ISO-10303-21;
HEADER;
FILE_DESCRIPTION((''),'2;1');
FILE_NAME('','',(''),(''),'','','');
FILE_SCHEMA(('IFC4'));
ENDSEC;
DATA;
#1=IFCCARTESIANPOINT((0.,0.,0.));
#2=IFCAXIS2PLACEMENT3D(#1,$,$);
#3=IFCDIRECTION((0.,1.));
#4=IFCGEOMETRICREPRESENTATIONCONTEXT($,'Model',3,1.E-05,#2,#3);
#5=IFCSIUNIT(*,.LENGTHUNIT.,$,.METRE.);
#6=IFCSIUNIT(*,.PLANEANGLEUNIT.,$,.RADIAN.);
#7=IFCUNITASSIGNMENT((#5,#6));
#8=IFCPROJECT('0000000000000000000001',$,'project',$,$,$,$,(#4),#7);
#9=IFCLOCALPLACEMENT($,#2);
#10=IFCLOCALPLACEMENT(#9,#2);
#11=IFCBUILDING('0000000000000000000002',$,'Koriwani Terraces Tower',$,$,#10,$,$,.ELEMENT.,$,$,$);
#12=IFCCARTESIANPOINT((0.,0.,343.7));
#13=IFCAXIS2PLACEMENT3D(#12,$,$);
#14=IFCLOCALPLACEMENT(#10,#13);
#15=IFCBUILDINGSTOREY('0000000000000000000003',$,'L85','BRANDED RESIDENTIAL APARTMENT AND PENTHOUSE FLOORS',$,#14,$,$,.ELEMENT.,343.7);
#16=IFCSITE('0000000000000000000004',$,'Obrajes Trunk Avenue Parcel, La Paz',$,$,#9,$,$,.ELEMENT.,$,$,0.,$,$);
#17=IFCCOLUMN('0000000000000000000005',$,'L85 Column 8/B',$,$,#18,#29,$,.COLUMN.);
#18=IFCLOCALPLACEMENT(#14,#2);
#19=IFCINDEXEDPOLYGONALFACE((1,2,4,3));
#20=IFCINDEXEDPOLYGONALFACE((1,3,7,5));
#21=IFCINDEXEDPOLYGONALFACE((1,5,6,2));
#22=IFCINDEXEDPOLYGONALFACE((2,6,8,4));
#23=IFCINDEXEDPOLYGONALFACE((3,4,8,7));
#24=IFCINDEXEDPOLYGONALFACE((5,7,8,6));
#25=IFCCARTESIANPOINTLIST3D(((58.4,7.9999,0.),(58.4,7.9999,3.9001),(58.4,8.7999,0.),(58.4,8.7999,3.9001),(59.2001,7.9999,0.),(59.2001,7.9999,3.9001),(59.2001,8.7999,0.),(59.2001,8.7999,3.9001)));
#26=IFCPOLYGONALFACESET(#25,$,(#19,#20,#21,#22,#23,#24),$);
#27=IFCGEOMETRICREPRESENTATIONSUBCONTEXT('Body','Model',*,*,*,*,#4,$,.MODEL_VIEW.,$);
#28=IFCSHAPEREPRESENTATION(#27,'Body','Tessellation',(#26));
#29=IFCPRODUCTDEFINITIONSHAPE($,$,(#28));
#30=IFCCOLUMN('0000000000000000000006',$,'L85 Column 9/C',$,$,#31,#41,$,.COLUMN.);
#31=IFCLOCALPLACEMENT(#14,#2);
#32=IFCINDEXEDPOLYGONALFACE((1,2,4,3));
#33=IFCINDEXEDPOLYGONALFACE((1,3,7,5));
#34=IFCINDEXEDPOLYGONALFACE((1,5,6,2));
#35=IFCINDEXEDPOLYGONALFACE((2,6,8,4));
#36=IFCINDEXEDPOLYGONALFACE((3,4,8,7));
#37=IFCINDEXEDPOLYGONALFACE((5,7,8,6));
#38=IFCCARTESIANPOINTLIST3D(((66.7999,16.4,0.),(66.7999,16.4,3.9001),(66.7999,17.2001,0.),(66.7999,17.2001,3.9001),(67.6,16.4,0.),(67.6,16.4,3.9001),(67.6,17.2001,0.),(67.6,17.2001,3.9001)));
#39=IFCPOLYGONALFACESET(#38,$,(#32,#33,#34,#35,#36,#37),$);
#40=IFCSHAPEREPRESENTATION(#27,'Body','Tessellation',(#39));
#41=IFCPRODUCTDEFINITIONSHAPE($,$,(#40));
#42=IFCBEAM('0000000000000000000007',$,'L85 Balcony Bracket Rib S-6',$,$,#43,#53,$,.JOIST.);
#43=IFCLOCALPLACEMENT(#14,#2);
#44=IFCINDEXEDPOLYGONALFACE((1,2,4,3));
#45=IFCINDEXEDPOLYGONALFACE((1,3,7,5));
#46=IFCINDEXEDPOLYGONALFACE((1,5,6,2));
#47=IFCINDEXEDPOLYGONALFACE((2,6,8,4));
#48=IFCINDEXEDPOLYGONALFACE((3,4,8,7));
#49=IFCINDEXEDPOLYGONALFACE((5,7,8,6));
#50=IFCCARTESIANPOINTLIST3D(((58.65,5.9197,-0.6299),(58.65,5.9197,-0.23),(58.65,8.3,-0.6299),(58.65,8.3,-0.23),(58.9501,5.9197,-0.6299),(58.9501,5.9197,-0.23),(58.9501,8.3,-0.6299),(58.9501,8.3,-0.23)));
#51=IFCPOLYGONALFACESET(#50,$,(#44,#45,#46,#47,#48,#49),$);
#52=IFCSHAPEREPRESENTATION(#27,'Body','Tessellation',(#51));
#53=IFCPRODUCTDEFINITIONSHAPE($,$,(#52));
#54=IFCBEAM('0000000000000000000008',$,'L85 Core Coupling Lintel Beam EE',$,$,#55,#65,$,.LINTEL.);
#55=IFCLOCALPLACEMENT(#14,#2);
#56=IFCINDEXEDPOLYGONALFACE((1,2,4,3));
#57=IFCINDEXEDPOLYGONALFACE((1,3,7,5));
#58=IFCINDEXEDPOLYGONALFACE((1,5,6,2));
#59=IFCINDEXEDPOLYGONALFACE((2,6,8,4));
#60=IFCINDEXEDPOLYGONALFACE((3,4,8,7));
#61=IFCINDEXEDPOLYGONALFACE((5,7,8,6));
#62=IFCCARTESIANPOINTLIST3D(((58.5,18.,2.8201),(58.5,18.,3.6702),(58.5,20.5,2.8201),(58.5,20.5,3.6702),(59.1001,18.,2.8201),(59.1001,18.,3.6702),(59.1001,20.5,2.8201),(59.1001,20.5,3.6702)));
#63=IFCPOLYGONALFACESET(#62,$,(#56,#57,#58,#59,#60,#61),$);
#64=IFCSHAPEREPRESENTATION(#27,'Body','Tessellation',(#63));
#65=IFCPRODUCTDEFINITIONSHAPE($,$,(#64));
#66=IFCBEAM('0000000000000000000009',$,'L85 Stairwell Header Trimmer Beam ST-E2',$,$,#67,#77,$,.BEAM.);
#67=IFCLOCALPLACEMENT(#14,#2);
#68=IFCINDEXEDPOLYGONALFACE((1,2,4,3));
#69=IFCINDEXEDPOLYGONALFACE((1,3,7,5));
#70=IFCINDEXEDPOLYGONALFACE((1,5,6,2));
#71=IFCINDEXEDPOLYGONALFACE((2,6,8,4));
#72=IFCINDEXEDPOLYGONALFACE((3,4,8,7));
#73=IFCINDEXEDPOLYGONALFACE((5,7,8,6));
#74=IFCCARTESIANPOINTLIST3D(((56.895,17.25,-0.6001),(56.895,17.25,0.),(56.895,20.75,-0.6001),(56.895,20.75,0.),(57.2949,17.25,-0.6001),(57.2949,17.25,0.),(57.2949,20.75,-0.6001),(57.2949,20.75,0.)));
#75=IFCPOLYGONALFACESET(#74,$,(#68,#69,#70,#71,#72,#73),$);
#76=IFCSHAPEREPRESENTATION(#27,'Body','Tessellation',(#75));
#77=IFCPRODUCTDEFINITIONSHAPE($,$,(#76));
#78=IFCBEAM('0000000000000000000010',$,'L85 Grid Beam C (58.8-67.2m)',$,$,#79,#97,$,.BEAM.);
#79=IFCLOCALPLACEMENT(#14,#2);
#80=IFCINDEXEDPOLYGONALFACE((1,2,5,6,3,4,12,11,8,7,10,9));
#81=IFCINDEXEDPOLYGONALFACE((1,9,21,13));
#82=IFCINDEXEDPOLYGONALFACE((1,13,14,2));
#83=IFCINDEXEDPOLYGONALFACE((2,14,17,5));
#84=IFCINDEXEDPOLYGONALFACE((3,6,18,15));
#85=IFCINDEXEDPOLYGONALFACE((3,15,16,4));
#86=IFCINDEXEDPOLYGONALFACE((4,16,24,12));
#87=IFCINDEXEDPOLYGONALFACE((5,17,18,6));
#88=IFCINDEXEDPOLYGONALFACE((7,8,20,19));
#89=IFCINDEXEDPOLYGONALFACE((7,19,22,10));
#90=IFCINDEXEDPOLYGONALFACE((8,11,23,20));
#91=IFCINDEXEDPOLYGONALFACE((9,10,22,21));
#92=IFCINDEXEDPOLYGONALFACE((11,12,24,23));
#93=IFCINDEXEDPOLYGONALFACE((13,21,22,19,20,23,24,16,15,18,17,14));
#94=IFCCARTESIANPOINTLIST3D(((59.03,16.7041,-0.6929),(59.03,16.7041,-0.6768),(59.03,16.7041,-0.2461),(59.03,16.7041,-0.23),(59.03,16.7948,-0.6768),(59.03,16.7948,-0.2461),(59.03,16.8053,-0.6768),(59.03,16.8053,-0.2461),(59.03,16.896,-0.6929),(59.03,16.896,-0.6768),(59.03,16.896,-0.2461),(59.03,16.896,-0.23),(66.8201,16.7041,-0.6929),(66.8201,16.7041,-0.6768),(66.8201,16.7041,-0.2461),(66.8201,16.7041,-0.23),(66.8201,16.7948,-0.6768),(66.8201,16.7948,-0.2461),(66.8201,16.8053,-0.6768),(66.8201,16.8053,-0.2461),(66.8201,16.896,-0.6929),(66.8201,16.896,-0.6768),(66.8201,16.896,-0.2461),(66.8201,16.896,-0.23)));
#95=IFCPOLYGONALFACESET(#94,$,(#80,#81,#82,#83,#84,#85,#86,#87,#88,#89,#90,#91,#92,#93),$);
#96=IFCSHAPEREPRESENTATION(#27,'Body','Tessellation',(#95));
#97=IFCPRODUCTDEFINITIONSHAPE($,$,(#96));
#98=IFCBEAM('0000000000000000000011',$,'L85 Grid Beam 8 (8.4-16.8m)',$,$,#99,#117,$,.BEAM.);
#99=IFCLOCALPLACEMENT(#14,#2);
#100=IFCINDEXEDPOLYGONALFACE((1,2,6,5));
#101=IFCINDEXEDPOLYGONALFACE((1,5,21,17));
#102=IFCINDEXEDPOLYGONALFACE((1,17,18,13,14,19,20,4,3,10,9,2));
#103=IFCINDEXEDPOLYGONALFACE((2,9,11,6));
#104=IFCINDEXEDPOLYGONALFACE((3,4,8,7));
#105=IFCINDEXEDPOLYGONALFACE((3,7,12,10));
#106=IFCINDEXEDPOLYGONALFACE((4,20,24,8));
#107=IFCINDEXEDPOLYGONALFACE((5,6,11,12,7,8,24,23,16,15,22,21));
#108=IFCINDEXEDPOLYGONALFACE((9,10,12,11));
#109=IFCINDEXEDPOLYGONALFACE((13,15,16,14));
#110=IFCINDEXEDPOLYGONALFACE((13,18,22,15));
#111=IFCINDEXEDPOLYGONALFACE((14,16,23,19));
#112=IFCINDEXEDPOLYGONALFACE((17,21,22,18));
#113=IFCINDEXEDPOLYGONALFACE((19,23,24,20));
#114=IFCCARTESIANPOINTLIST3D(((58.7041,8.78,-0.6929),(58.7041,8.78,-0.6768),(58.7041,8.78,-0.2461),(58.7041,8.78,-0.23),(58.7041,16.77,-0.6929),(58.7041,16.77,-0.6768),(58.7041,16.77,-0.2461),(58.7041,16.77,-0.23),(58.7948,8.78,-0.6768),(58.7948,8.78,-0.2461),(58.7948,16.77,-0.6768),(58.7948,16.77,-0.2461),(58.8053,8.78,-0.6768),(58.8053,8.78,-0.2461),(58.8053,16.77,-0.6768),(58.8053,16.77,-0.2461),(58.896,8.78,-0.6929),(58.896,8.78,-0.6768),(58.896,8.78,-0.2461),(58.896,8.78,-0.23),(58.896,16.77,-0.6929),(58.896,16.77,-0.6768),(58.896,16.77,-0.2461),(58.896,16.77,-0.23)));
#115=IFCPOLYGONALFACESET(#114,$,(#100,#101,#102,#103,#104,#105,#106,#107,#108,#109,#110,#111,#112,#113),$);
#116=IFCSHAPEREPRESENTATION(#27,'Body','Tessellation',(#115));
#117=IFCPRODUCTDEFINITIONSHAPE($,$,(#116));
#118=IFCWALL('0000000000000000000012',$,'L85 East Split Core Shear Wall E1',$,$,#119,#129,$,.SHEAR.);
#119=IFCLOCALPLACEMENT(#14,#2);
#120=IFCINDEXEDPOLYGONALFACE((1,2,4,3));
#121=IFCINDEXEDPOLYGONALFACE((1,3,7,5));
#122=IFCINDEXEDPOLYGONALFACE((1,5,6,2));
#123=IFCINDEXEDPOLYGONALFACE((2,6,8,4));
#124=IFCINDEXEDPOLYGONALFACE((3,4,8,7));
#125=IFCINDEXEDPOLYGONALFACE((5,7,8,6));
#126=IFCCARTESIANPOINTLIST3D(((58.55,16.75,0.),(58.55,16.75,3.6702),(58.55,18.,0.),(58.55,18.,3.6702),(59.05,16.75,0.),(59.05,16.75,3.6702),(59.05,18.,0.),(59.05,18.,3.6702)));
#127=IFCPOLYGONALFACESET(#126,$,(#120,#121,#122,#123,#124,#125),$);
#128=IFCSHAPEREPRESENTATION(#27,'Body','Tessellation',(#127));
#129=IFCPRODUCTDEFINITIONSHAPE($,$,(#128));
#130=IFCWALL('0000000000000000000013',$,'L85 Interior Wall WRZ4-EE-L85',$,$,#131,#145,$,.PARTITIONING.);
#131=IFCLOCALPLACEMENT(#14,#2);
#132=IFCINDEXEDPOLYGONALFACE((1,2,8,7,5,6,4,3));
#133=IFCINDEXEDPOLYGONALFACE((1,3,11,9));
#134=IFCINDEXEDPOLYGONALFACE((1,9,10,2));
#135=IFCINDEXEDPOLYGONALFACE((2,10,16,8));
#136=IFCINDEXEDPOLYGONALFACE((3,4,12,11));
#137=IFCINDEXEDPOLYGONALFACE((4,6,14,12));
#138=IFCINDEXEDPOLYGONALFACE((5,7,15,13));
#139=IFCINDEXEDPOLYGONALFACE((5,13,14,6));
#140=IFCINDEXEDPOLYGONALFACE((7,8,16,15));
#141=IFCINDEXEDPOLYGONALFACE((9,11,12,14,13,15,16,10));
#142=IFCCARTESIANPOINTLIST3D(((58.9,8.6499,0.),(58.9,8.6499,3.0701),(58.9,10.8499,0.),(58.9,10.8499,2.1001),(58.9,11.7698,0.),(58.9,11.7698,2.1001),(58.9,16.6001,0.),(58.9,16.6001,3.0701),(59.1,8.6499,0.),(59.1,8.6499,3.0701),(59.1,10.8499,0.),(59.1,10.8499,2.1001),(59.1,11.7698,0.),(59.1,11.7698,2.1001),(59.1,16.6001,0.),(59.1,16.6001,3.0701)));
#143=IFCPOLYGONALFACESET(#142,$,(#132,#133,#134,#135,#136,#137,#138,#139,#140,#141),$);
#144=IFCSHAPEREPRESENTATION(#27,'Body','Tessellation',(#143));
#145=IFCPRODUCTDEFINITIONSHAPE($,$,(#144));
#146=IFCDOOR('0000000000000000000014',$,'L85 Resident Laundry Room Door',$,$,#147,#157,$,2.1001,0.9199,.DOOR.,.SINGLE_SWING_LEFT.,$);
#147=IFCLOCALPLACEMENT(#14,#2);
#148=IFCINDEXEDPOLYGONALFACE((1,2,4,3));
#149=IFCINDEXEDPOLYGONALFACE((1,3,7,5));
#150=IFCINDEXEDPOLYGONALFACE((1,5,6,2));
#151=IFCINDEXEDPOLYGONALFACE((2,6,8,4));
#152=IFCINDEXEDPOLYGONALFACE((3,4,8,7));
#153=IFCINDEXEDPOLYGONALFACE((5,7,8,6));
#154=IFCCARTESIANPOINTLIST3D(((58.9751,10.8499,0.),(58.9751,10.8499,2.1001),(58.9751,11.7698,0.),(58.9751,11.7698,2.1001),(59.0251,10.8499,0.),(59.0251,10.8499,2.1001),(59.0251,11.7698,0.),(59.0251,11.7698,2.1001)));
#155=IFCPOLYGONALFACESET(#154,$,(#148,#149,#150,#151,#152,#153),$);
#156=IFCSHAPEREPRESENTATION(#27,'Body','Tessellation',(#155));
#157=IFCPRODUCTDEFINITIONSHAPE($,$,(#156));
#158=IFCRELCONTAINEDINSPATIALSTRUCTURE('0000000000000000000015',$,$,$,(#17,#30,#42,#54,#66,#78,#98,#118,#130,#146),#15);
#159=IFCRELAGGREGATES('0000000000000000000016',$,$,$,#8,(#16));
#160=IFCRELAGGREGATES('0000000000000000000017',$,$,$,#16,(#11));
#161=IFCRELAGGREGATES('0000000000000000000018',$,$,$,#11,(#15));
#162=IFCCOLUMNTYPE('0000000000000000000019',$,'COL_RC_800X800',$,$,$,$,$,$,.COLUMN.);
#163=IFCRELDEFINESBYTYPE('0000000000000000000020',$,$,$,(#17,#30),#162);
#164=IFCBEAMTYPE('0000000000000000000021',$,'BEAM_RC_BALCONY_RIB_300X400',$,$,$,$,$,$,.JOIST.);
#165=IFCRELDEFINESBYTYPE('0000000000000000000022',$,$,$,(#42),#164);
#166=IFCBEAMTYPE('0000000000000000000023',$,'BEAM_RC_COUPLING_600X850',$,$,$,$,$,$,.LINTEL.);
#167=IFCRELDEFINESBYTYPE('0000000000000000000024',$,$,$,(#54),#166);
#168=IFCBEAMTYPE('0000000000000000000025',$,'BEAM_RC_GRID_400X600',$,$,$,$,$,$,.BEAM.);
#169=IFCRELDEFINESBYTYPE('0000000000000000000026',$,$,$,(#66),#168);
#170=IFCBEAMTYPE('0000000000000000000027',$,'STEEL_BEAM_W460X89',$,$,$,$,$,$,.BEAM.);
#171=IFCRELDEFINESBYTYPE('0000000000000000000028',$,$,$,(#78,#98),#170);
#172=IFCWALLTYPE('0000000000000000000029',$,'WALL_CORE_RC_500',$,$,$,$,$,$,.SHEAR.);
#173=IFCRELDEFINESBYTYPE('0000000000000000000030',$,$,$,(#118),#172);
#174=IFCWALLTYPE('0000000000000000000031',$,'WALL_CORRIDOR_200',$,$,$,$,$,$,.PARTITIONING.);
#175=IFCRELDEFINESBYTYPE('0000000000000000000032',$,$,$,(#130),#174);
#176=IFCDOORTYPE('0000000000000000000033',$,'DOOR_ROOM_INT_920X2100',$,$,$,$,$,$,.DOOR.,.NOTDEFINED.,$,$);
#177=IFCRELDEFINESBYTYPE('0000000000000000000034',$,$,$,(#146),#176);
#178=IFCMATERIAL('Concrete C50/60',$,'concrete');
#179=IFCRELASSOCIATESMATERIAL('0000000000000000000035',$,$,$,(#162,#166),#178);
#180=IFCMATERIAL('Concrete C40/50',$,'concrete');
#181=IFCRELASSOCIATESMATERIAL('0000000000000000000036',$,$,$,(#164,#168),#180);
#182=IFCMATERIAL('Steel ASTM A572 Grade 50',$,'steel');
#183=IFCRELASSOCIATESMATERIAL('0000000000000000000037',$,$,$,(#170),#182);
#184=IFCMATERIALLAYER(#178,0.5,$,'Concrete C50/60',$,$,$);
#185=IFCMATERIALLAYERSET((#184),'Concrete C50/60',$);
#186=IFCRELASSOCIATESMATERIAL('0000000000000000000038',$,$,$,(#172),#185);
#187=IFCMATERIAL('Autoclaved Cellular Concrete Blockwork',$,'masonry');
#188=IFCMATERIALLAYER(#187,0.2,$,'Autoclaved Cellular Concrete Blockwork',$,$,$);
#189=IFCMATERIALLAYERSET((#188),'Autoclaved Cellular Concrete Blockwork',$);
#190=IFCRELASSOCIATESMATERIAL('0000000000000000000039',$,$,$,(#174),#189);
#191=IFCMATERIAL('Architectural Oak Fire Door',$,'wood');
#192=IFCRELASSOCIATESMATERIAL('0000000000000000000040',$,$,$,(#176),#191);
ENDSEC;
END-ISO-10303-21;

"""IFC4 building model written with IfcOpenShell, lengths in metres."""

from ifc_helpers import new_model, si_unit, direction, frame, frame_2d, origin, origin_2d, place, context, subcontext, project, spatial, rectangle, i_section, extrude, material, layer, layer_set, material_profile, profile_set, type_object, element, fill, save


model = new_model("IFC4")

# Units and contexts
model_context = context("Model", 3, precision=1e-05, world=origin(), true_north=direction((0.0, 1.0)))
body_context = subcontext(model_context, "Body", "Model", "MODEL_VIEW")
ifc_project = project(units=[si_unit("LENGTHUNIT", "METRE"), si_unit("PLANEANGLEUNIT", "RADIAN")], contexts=[model_context])

# Site, building, storey
site_placement = place(None, origin())
site = spatial("IfcSite", under=ifc_project, at=site_placement, Name="Obrajes Trunk Avenue Parcel, La Paz", CompositionType="ELEMENT", RefElevation=0.0)
building_placement = place(site_placement, origin())
building = spatial("IfcBuilding", under=site, at=building_placement, Name="Koriwani Terraces Tower", CompositionType="ELEMENT")
storey_placement = place(building_placement, frame((0.0, 0.0, 343.7)))
storey = spatial("IfcBuildingStorey", under=building, at=storey_placement, Name="L85", Description="BRANDED RESIDENTIAL APARTMENT AND PENTHOUSE FLOORS", CompositionType="ELEMENT", Elevation=343.7)

# Columns
ifc_material_1 = material(Name="Concrete C50/60", Category="concrete")
ifc_material_profile_1 = material_profile(ifc_material_1, rectangle(XDim=0.8, YDim=0.8, at=origin_2d()), Name="Concrete C50/60", Category="LoadBearing")
ifc_profile_set_1 = profile_set([ifc_material_profile_1], Name="Concrete C50/60")
column_type = type_object("IfcColumnType", Name="COL_RC_800X800", PredefinedType="COLUMN", material=ifc_profile_set_1)
for number, where, z_axis, x_axis, name in (
    (1, (58.8, 8.3999, 0.0), (0.0, 0.0, 1.0), (1.0, 0.0, 0.0), "L85 Column 8/B"),
    (2, (67.2, 16.8, 0.0), (0.0, 0.0, 1.0), (1.0, 0.0, 0.0), "L85 Column 9/C"),
):
    element("IfcColumn", number, at=place(storey_placement, frame(where, z_axis=z_axis, x_axis=x_axis)), inside=storey, type_object=column_type, Name=name, PredefinedType="COLUMN", context=body_context, shape_type="SweptSolid", body=[
        extrude(rectangle(XDim=0.8, YDim=0.8, at=origin_2d()), origin(), (0.0, 0.0, 1.0), 3.9001),
    ])

# Beams
ifc_material_2 = material(Name="Concrete C40/50", Category="concrete")
ifc_material_profile_2 = material_profile(ifc_material_2, rectangle(XDim=0.3, YDim=0.3999, at=origin_2d()), Name="Concrete C40/50", Category="LoadBearing")
ifc_profile_set_2 = profile_set([ifc_material_profile_2], Name="Concrete C40/50")
beam_type_1 = type_object("IfcBeamType", Name="BEAM_RC_BALCONY_RIB_300X400", PredefinedType="JOIST", material=ifc_profile_set_2)
beam_1_placement = place(storey_placement, frame((58.8, 5.9197, -0.4299), z_axis=(0.0, 1.0, 0.0), x_axis=(-1.0, 0.0, 0.0)))
element("IfcBeam", 3, at=beam_1_placement, inside=storey, type_object=beam_type_1, Name="L85 Balcony Bracket Rib S-6", PredefinedType="JOIST", context=body_context, shape_type="SweptSolid", body=[
    extrude(rectangle(XDim=0.3, YDim=0.3999, at=origin_2d()), origin(), (0.0, 0.0, 1.0), 2.3804),
])
ifc_material_profile_3 = material_profile(ifc_material_1, rectangle(XDim=0.6001, YDim=0.8501, at=origin_2d()), Name="Concrete C50/60", Category="LoadBearing")
ifc_profile_set_3 = profile_set([ifc_material_profile_3], Name="Concrete C50/60")
beam_type_2 = type_object("IfcBeamType", Name="BEAM_RC_COUPLING_600X850", PredefinedType="LINTEL", material=ifc_profile_set_3)
beam_2_placement = place(storey_placement, frame((58.8, 18.0, 3.2451), z_axis=(0.0, 1.0, 0.0), x_axis=(-1.0, 0.0, 0.0)))
element("IfcBeam", 4, at=beam_2_placement, inside=storey, type_object=beam_type_2, Name="L85 Core Coupling Lintel Beam EE", PredefinedType="LINTEL", context=body_context, shape_type="SweptSolid", body=[
    extrude(rectangle(XDim=0.6001, YDim=0.8501, at=origin_2d()), origin(), (0.0, 0.0, 1.0), 2.5),
])
ifc_material_profile_4 = material_profile(ifc_material_2, rectangle(XDim=0.3999, YDim=0.6001, at=origin_2d()), Name="Concrete C40/50", Category="LoadBearing")
ifc_profile_set_4 = profile_set([ifc_material_profile_4], Name="Concrete C40/50")
beam_type_3 = type_object("IfcBeamType", Name="BEAM_RC_GRID_400X600", PredefinedType="BEAM", material=ifc_profile_set_4)
beam_3_placement = place(storey_placement, frame((57.095, 17.25, -0.3), z_axis=(0.0, 1.0, 0.0), x_axis=(-1.0, 0.0, 0.0)))
element("IfcBeam", 5, at=beam_3_placement, inside=storey, type_object=beam_type_3, Name="L85 Stairwell Header Trimmer Beam ST-E2", PredefinedType="BEAM", context=body_context, shape_type="SweptSolid", body=[
    extrude(rectangle(XDim=0.3999, YDim=0.6001, at=origin_2d()), origin(), (0.0, 0.0, 1.0), 3.5),
])
ifc_material_3 = material(Name="Steel ASTM A572 Grade 50", Category="steel")
ifc_material_profile_5 = material_profile(ifc_material_3, i_section(OverallWidth=0.1919, OverallDepth=0.4629, WebThickness=0.0105, FlangeThickness=0.0161, at=origin_2d()), Name="Steel ASTM A572 Grade 50", Category="LoadBearing")
ifc_profile_set_5 = profile_set([ifc_material_profile_5], Name="Steel ASTM A572 Grade 50")
beam_type_4 = type_object("IfcBeamType", Name="STEEL_BEAM_W460X89", PredefinedType="BEAM", material=ifc_profile_set_5)
beam_4_placement = place(storey_placement, frame((59.03, 16.8, -0.4614), z_axis=(1.0, 0.0, 0.0), x_axis=(0.0, 1.0, 0.0)))
element("IfcBeam", 6, at=beam_4_placement, inside=storey, type_object=beam_type_4, Name="L85 Grid Beam C (58.8-67.2m)", PredefinedType="BEAM", context=body_context, shape_type="SweptSolid", body=[
    extrude(i_section(OverallWidth=0.1919, OverallDepth=0.4629, WebThickness=0.0105, FlangeThickness=0.0161, at=origin_2d()), origin(), (0.0, 0.0, 1.0), 7.79),
])
beam_5_placement = place(storey_placement, frame((58.8, 8.78, -0.4614), z_axis=(0.0, 1.0, 0.0), x_axis=(-1.0, 0.0, 0.0)))
element("IfcBeam", 7, at=beam_5_placement, inside=storey, type_object=beam_type_4, Name="L85 Grid Beam 8 (8.4-16.8m)", PredefinedType="BEAM", context=body_context, shape_type="SweptSolid", body=[
    extrude(i_section(OverallWidth=0.1919, OverallDepth=0.4629, WebThickness=0.0105, FlangeThickness=0.0161, at=origin_2d()), origin(), (0.0, 0.0, 1.0), 7.99),
])

# Wall
ifc_layer_1 = layer(ifc_material_1, 0.5, Name="Concrete C50/60")
ifc_layer_set_1 = layer_set([ifc_layer_1], Name="Concrete C50/60")
wall_type_1 = type_object("IfcWallType", Name="WALL_CORE_RC_500", PredefinedType="SHEAR", material=ifc_layer_set_1)
wall_1_placement = place(storey_placement, frame((58.8, 16.75, 0.0), z_axis=(0.0, 0.0, 1.0), x_axis=(0.0, 1.0, 0.0)))
element("IfcWall", 8, at=wall_1_placement, inside=storey, type_object=wall_type_1, Name="L85 East Split Core Shear Wall E1", PredefinedType="SHEAR", context=body_context, shape_type="SweptSolid", body=[
    extrude(rectangle(XDim=1.25, YDim=0.5, at=frame_2d((0.625, 0.0))), origin(), (0.0, 0.0, 1.0), 3.6702),
])

# Wall, opening, door
ifc_material_4 = material(Name="Autoclaved Cellular Concrete Blockwork", Category="masonry")
ifc_layer_2 = layer(ifc_material_4, 0.2, Name="Autoclaved Cellular Concrete Blockwork")
ifc_layer_set_2 = layer_set([ifc_layer_2], Name="Autoclaved Cellular Concrete Blockwork")
wall_type_2 = type_object("IfcWallType", Name="WALL_CORRIDOR_200", PredefinedType="PARTITIONING", material=ifc_layer_set_2)
wall_2_placement = place(storey_placement, frame((59.0, 8.6499, 0.0), z_axis=(0.0, 0.0, 1.0), x_axis=(0.0, 1.0, 0.0)))
wall_2 = element("IfcWall", 9, at=wall_2_placement, inside=storey, type_object=wall_type_2, Name="L85 Interior Wall WRZ4-EE-L85", PredefinedType="PARTITIONING", context=body_context, shape_type="SweptSolid", body=[
    extrude(rectangle(XDim=7.9502, YDim=0.2, at=frame_2d((3.9751, 0.0))), origin(), (0.0, 0.0, 1.0), 3.0701),
])
opening_1_placement = place(wall_2_placement, frame((2.2, 0.0, 0.0)))
opening_1 = element("IfcOpeningElement", 10, at=opening_1_placement, cuts=wall_2, PredefinedType="OPENING", context=body_context, shape_type="SweptSolid", body=[
    extrude(rectangle(XDim=0.9199, YDim=2.1001, at=frame_2d((0.46, 1.05))), frame((0.0, 0.1099, 0.0), z_axis=(0.0, -1.0, 0.0), x_axis=(1.0, 0.0, 0.0)), (0.0, 0.0, 1.0), 0.22),
])
ifc_material_5 = material(Name="Architectural Oak Fire Door", Category="wood")
door_type_1 = type_object("IfcDoorType", Name="DOOR_ROOM_INT_920X2100", OperationType="NOTDEFINED", PredefinedType="DOOR", material=ifc_material_5)
door_1_placement = place(opening_1_placement, origin())
door_1 = element("IfcDoor", 11, at=door_1_placement, inside=storey, type_object=door_type_1, Name="L85 Resident Laundry Room Door", OperationType="SINGLE_SWING_LEFT", OverallHeight=2.1001, OverallWidth=0.9199, PredefinedType="DOOR", context=body_context, shape_type="SweptSolid", body=[
    extrude(rectangle(XDim=0.9199, YDim=2.1001, at=frame_2d((0.46, 1.05))), frame((0.0, 0.0249, 0.0), z_axis=(0.0, -1.0, 0.0), x_axis=(1.0, 0.0, 0.0)), (0.0, 0.0, 1.0), 0.05),
])
fill(opening_1, door_1)

save(model, "model.ifc")
